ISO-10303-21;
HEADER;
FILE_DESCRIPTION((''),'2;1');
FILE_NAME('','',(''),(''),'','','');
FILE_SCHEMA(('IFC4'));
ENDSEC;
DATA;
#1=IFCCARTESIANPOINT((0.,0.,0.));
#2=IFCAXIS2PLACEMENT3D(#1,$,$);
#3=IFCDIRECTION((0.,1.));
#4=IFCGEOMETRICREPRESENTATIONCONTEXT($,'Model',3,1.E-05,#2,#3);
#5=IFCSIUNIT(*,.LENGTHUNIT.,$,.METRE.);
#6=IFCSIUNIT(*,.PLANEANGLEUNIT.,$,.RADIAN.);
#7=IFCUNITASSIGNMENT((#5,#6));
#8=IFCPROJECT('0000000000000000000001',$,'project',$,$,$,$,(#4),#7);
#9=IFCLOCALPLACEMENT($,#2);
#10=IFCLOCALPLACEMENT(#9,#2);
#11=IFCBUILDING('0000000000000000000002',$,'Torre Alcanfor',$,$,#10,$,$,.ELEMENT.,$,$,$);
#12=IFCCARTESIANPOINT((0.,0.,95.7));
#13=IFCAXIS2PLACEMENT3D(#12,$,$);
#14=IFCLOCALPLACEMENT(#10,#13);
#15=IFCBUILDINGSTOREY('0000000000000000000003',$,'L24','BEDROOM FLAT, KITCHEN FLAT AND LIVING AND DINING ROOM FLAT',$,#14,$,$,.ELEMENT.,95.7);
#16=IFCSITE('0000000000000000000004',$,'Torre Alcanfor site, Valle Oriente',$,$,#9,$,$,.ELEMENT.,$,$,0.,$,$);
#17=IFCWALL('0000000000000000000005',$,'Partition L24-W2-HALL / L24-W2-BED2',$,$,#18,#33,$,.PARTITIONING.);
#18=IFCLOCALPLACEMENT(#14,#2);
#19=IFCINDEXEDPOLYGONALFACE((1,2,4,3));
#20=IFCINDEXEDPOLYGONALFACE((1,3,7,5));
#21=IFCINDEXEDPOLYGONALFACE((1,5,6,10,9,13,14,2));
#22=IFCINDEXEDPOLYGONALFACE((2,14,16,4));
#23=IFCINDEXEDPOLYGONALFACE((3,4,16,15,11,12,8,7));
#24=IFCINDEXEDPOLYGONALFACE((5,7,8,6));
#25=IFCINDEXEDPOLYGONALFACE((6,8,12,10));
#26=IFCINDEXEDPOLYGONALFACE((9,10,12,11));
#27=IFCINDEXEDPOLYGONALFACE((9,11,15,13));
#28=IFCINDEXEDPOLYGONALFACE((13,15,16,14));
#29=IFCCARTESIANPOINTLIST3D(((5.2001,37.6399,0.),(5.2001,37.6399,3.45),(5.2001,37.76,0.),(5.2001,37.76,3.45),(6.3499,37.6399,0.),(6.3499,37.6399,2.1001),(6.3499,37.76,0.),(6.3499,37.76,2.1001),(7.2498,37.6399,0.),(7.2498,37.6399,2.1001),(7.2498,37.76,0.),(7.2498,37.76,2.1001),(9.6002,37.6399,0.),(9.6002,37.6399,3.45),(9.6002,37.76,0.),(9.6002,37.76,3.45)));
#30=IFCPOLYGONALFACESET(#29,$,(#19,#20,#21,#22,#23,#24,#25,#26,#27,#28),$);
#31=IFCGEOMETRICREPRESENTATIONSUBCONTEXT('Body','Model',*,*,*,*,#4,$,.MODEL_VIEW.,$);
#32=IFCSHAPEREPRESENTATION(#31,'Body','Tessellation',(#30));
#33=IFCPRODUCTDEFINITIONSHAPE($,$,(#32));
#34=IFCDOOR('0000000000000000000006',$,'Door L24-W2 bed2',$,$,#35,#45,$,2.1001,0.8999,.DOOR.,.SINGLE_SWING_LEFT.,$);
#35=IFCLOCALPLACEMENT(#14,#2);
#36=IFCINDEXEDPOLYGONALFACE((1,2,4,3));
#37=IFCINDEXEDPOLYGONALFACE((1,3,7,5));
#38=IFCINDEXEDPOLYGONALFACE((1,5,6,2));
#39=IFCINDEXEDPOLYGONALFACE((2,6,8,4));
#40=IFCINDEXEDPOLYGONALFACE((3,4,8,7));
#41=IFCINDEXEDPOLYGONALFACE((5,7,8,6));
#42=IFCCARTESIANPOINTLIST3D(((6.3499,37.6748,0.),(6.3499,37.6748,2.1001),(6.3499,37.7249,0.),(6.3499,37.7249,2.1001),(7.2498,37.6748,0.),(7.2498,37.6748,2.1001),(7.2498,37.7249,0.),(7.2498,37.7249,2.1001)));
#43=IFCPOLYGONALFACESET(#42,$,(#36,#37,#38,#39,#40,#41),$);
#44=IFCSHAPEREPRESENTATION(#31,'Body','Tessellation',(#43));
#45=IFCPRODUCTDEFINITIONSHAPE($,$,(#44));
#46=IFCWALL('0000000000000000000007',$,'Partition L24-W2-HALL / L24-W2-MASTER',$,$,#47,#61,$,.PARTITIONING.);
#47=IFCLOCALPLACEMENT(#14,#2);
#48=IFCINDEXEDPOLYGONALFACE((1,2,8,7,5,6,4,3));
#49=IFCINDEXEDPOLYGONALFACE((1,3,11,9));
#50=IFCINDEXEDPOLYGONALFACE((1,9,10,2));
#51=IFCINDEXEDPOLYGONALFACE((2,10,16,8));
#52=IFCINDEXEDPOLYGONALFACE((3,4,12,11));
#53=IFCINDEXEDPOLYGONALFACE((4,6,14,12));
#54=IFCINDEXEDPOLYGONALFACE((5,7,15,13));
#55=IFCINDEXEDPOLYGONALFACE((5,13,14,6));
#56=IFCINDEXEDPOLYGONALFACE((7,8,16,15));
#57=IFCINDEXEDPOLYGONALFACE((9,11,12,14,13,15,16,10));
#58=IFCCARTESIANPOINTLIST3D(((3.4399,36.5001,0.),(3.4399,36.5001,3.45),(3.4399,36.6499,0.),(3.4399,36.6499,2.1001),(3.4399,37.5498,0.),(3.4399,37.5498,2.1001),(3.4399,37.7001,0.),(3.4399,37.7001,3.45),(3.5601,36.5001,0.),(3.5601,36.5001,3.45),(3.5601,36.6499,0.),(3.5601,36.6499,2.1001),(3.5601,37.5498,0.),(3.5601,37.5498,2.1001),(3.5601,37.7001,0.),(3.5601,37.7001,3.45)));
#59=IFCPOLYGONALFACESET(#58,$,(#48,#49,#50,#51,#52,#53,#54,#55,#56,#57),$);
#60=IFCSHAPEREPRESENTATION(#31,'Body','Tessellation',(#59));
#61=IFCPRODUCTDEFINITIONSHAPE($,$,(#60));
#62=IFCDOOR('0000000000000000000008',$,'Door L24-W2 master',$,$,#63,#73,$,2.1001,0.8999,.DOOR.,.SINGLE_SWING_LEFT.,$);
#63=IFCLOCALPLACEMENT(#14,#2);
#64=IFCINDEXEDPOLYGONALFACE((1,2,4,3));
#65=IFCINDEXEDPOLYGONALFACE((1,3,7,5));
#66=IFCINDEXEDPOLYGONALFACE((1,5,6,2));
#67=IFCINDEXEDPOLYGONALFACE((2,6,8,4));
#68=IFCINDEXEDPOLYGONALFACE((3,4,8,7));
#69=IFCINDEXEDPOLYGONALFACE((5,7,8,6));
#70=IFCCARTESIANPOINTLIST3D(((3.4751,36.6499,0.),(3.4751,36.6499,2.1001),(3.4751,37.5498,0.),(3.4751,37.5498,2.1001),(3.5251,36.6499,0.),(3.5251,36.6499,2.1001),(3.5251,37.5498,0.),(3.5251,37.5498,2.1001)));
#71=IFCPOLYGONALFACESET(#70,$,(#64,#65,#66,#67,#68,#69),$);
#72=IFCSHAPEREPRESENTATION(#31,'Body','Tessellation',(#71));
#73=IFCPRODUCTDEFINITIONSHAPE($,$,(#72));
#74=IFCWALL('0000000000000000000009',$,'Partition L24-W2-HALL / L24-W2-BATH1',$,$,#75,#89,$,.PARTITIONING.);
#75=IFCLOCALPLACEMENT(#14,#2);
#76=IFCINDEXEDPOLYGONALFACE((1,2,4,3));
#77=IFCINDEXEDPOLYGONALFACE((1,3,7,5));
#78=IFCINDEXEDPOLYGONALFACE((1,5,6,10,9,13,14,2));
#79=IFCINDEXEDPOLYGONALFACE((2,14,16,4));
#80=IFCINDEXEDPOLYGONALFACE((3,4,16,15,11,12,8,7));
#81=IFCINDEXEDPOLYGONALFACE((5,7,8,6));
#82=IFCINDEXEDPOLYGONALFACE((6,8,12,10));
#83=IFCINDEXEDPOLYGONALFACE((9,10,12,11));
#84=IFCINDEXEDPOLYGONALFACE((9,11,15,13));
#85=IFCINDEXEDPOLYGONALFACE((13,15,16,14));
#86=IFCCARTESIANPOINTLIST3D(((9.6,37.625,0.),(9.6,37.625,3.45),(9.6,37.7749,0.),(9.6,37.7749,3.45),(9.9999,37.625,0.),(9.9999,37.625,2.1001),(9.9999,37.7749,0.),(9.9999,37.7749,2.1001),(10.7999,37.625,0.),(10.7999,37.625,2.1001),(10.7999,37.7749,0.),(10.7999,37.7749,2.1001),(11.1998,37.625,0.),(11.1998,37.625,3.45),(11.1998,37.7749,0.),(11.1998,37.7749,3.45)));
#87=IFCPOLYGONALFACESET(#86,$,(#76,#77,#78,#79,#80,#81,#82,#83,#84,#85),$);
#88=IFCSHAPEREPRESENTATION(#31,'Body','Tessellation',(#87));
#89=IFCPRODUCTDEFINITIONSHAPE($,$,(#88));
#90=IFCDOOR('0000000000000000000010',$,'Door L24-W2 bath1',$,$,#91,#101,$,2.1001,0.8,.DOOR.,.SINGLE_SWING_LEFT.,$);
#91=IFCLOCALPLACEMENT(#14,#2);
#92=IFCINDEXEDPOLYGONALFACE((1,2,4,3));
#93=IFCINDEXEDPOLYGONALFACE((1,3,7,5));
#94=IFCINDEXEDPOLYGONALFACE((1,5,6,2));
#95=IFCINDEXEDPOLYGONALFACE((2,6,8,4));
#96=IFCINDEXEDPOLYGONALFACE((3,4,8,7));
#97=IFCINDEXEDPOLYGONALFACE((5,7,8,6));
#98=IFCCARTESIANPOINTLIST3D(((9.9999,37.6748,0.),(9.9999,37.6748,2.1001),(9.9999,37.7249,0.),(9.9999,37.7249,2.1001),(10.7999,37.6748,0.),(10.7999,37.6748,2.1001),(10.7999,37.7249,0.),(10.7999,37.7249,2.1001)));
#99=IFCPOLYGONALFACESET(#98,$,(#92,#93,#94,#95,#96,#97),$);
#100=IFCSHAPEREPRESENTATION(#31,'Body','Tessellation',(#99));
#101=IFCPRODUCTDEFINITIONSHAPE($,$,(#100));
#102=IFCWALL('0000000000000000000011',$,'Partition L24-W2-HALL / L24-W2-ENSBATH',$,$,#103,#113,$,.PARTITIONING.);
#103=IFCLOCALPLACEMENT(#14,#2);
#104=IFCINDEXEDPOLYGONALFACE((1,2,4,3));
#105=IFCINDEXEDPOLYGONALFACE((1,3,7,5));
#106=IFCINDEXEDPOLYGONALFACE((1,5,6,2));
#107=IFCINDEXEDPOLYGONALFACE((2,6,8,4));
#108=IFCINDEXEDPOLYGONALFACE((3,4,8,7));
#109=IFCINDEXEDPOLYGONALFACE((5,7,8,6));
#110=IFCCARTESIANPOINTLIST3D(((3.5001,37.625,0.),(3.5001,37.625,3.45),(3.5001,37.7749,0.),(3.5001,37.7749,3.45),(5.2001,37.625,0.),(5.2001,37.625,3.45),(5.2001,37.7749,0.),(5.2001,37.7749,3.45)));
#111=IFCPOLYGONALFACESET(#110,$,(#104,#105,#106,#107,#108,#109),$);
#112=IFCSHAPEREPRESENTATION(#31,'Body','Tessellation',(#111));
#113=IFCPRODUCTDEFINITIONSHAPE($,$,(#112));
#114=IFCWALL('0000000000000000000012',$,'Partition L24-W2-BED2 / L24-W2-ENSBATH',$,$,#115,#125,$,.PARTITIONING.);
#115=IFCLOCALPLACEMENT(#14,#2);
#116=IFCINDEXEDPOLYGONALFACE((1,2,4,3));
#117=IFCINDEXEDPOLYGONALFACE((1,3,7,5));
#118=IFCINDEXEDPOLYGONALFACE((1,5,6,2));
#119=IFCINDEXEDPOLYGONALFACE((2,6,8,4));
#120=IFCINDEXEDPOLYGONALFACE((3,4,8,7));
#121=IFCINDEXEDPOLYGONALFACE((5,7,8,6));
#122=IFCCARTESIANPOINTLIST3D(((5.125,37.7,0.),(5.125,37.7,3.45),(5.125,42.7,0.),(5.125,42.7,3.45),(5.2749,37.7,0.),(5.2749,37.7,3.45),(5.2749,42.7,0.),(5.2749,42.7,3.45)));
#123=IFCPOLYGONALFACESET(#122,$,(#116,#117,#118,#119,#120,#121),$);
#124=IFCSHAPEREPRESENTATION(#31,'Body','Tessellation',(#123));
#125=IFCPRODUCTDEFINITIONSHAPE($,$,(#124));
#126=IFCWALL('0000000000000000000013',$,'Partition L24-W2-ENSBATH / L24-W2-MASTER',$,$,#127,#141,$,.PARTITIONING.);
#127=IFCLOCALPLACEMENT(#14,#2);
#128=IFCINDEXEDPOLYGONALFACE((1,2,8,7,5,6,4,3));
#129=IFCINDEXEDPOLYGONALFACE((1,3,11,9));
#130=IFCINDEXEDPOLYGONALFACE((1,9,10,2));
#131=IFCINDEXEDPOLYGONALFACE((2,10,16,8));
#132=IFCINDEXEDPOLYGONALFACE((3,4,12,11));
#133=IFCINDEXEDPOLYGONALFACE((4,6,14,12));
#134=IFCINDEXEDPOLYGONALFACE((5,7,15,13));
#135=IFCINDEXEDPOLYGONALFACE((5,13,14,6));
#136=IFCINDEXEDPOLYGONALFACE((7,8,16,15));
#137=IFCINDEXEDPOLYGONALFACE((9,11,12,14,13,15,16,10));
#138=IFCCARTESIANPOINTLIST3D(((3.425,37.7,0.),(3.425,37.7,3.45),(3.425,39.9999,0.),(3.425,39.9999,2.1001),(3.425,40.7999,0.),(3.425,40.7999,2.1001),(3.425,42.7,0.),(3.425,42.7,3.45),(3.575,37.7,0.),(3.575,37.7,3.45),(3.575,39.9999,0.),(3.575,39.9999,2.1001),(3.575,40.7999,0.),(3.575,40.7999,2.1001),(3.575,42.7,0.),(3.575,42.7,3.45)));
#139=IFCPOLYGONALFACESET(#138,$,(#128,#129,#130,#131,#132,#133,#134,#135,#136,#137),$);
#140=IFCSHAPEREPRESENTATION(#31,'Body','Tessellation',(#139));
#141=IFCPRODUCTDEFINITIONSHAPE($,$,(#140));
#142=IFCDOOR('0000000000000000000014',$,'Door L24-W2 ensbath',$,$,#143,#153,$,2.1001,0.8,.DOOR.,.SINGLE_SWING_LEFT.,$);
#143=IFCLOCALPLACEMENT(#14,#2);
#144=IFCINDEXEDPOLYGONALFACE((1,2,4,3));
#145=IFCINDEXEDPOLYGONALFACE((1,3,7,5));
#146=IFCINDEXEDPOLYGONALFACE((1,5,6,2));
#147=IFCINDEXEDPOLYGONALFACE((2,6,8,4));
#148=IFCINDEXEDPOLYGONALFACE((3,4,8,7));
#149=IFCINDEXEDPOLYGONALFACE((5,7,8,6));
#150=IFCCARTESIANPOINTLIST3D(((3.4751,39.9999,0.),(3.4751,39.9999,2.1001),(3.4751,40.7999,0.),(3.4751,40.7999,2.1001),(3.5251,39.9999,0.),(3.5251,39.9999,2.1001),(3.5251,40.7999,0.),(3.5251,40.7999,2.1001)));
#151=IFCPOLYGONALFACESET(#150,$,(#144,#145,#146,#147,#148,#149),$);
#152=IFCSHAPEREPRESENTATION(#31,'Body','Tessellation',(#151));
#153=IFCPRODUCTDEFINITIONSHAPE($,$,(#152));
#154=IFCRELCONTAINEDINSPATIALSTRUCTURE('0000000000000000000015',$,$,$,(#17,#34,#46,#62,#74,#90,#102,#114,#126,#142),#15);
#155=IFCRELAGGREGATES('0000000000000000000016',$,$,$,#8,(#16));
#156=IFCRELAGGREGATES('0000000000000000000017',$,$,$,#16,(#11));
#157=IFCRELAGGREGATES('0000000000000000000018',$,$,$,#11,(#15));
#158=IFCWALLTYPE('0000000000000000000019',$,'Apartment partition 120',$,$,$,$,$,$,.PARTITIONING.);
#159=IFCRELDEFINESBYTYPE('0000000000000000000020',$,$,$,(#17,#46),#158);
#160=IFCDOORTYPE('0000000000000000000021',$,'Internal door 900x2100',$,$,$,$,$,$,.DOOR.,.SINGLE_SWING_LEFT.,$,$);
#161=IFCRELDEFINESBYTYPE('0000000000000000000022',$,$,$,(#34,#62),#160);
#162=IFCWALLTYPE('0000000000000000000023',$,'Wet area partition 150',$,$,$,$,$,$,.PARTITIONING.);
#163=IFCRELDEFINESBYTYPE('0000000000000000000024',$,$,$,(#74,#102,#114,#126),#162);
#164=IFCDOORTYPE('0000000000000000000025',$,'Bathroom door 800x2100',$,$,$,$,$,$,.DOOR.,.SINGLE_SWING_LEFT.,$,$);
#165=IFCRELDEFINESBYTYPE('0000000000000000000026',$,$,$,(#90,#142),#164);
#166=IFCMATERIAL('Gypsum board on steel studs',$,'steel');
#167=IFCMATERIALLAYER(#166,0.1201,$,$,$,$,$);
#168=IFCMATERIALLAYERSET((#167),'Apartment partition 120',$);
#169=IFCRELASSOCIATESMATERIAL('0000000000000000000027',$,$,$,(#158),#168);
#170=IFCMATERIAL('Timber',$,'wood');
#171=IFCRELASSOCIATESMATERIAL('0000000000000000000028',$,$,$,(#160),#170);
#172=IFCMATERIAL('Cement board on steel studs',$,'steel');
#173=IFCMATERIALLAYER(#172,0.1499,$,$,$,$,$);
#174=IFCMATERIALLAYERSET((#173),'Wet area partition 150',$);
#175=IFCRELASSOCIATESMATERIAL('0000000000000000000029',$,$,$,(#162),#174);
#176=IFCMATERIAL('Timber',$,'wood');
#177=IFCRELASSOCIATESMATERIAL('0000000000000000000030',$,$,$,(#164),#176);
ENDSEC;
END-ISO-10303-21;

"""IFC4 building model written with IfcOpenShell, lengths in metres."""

from ifc_helpers import new_model, si_unit, direction, frame, frame_2d, origin, place, context, subcontext, project, spatial, rectangle, extrude, material, layer, layer_set, type_object, element, fill, save


model = new_model("IFC4")

# Units and contexts
model_context = context("Model", 3, precision=1e-05, world=origin(), true_north=direction((0.0, 1.0)))
body_context = subcontext(model_context, "Body", "Model", "MODEL_VIEW")
ifc_project = project(units=[si_unit("LENGTHUNIT", "METRE"), si_unit("PLANEANGLEUNIT", "RADIAN")], contexts=[model_context])

# Site, building, storey
site_placement = place(None, origin())
site = spatial("IfcSite", under=ifc_project, at=site_placement, Name="Torre Alcanfor site, Valle Oriente", CompositionType="ELEMENT", RefElevation=0.0)
building_placement = place(site_placement, origin())
building = spatial("IfcBuilding", under=site, at=building_placement, Name="Torre Alcanfor", CompositionType="ELEMENT")
storey_placement = place(building_placement, frame((0.0, 0.0, 95.7)))
storey = spatial("IfcBuildingStorey", under=building, at=storey_placement, Name="L24", Description="BEDROOM FLAT, KITCHEN FLAT AND LIVING AND DINING ROOM FLAT", CompositionType="ELEMENT", Elevation=95.7)

# Shared definitions
ifc_material_1 = material(Name="Gypsum board on steel studs", Category="steel")
ifc_layer_1 = layer(ifc_material_1, 0.1201)
ifc_layer_set_1 = layer_set([ifc_layer_1], Name="Apartment partition 120")
wall_type_1 = type_object("IfcWallType", Name="Apartment partition 120", PredefinedType="PARTITIONING", material=ifc_layer_set_1)

# Walls, openings, doors
ifc_material_2 = material(Name="Timber", Category="wood")
door_type_1 = type_object("IfcDoorType", Name="Internal door 900x2100", OperationType="SINGLE_SWING_LEFT", PredefinedType="DOOR", material=ifc_material_2)
wall_1_placement = place(storey_placement, frame((5.2, 37.7, 0.0), z_axis=(0.0, 0.0, 1.0), x_axis=(1.0, 0.0, 0.0)))
wall_1 = element("IfcWall", 1, at=wall_1_placement, inside=storey, type_object=wall_type_1, Name="Partition L24-W2-HALL / L24-W2-BED2", PredefinedType="PARTITIONING", context=body_context, shape_type="SweptSolid", body=[
    extrude(rectangle(XDim=4.4001, YDim=0.1201, at=frame_2d((2.2002, 0.0))), origin(), (0.0, 0.0, 1.0), 3.45),
])
opening_1_placement = place(wall_1_placement, frame((1.1499, 0.0, 0.0)))
opening_1 = element("IfcOpeningElement", 2, at=opening_1_placement, cuts=wall_1, PredefinedType="OPENING", context=body_context, shape_type="SweptSolid", body=[
    extrude(rectangle(XDim=0.8999, YDim=2.1001, at=frame_2d((0.45, 1.05))), frame((0.0, 0.0701, 0.0), z_axis=(0.0, -1.0, 0.0), x_axis=(1.0, 0.0, 0.0)), (0.0, 0.0, 1.0), 0.1401),
])
door_1_placement = place(opening_1_placement, origin())
door_1 = element("IfcDoor", 3, at=door_1_placement, inside=storey, type_object=door_type_1, Name="Door L24-W2 bed2", OperationType="SINGLE_SWING_LEFT", OverallHeight=2.1001, OverallWidth=0.8999, PredefinedType="DOOR", context=body_context, shape_type="SweptSolid", body=[
    extrude(rectangle(XDim=0.8999, YDim=2.1001, at=frame_2d((0.45, 1.05))), frame((0.0, 0.0249, 0.0), z_axis=(0.0, -1.0, 0.0), x_axis=(1.0, 0.0, 0.0)), (0.0, 0.0, 1.0), 0.05),
])
fill(opening_1, door_1)
wall_2_placement = place(storey_placement, frame((3.5, 36.5, 0.0), z_axis=(0.0, 0.0, 1.0), x_axis=(0.0, 1.0, 0.0)))
wall_2 = element("IfcWall", 4, at=wall_2_placement, inside=storey, type_object=wall_type_1, Name="Partition L24-W2-HALL / L24-W2-MASTER", PredefinedType="PARTITIONING", context=body_context, shape_type="SweptSolid", body=[
    extrude(rectangle(XDim=1.2, YDim=0.1201, at=frame_2d((0.6001, 0.0))), origin(), (0.0, 0.0, 1.0), 3.45),
])
opening_2_placement = place(wall_2_placement, frame((0.1499, 0.0, 0.0)))
opening_2 = element("IfcOpeningElement", 5, at=opening_2_placement, cuts=wall_2, PredefinedType="OPENING", context=body_context, shape_type="SweptSolid", body=[
    extrude(rectangle(XDim=0.8999, YDim=2.1001, at=frame_2d((0.45, 1.05))), frame((0.0, 0.0701, 0.0), z_axis=(0.0, -1.0, 0.0), x_axis=(1.0, 0.0, 0.0)), (0.0, 0.0, 1.0), 0.1401),
])
door_2_placement = place(opening_2_placement, origin())
door_2 = element("IfcDoor", 6, at=door_2_placement, inside=storey, type_object=door_type_1, Name="Door L24-W2 master", OperationType="SINGLE_SWING_LEFT", OverallHeight=2.1001, OverallWidth=0.8999, PredefinedType="DOOR", context=body_context, shape_type="SweptSolid", body=[
    extrude(rectangle(XDim=0.8999, YDim=2.1001, at=frame_2d((0.45, 1.05))), frame((0.0, 0.0249, 0.0), z_axis=(0.0, -1.0, 0.0), x_axis=(1.0, 0.0, 0.0)), (0.0, 0.0, 1.0), 0.05),
])
fill(opening_2, door_2)
ifc_material_3 = material(Name="Cement board on steel studs", Category="steel")
ifc_layer_2 = layer(ifc_material_3, 0.1499)
ifc_layer_set_2 = layer_set([ifc_layer_2], Name="Wet area partition 150")
wall_type_2 = type_object("IfcWallType", Name="Wet area partition 150", PredefinedType="PARTITIONING", material=ifc_layer_set_2)
wall_3_placement = place(storey_placement, frame((9.6001, 37.7, 0.0), z_axis=(0.0, 0.0, 1.0), x_axis=(1.0, 0.0, 0.0)))
wall_3 = element("IfcWall", 7, at=wall_3_placement, inside=storey, type_object=wall_type_2, Name="Partition L24-W2-HALL / L24-W2-BATH1", PredefinedType="PARTITIONING", context=body_context, shape_type="SweptSolid", body=[
    extrude(rectangle(XDim=1.5999, YDim=0.1499, at=frame_2d((0.7998, 0.0))), origin(), (0.0, 0.0, 1.0), 3.45),
])
opening_3_placement = place(wall_3_placement, frame((0.3999, 0.0, 0.0)))
opening_3 = element("IfcOpeningElement", 8, at=opening_3_placement, cuts=wall_3, PredefinedType="OPENING", context=body_context, shape_type="SweptSolid", body=[
    extrude(rectangle(XDim=0.8, YDim=2.1001, at=frame_2d((0.3999, 1.05))), frame((0.0, 0.085, 0.0), z_axis=(0.0, -1.0, 0.0), x_axis=(1.0, 0.0, 0.0)), (0.0, 0.0, 1.0), 0.1699),
])
ifc_material_4 = material(Name="Timber", Category="wood")
door_type_2 = type_object("IfcDoorType", Name="Bathroom door 800x2100", OperationType="SINGLE_SWING_LEFT", PredefinedType="DOOR", material=ifc_material_4)
door_3_placement = place(opening_3_placement, origin())
door_3 = element("IfcDoor", 9, at=door_3_placement, inside=storey, type_object=door_type_2, Name="Door L24-W2 bath1", OperationType="SINGLE_SWING_LEFT", OverallHeight=2.1001, OverallWidth=0.8, PredefinedType="DOOR", context=body_context, shape_type="SweptSolid", body=[
    extrude(rectangle(XDim=0.8, YDim=2.1001, at=frame_2d((0.3999, 1.05))), frame((0.0, 0.0249, 0.0), z_axis=(0.0, -1.0, 0.0), x_axis=(1.0, 0.0, 0.0)), (0.0, 0.0, 1.0), 0.05),
])
fill(opening_3, door_3)

# Walls
wall_4_placement = place(storey_placement, frame((3.5, 37.7, 0.0), z_axis=(0.0, 0.0, 1.0), x_axis=(1.0, 0.0, 0.0)))
element("IfcWall", 10, at=wall_4_placement, inside=storey, type_object=wall_type_2, Name="Partition L24-W2-HALL / L24-W2-ENSBATH", PredefinedType="PARTITIONING", context=body_context, shape_type="SweptSolid", body=[
    extrude(rectangle(XDim=1.7, YDim=0.1499, at=frame_2d((0.8501, 0.0))), origin(), (0.0, 0.0, 1.0), 3.45),
])
wall_5_placement = place(storey_placement, frame((5.2, 37.7, 0.0), z_axis=(0.0, 0.0, 1.0), x_axis=(0.0, 1.0, 0.0)))
element("IfcWall", 11, at=wall_5_placement, inside=storey, type_object=wall_type_2, Name="Partition L24-W2-BED2 / L24-W2-ENSBATH", PredefinedType="PARTITIONING", context=body_context, shape_type="SweptSolid", body=[
    extrude(rectangle(XDim=5.0, YDim=0.1499, at=frame_2d((2.5, 0.0))), origin(), (0.0, 0.0, 1.0), 3.45),
])

# Wall, opening, door
wall_6_placement = place(storey_placement, frame((3.5, 37.7, 0.0), z_axis=(0.0, 0.0, 1.0), x_axis=(0.0, 1.0, 0.0)))
wall_6 = element("IfcWall", 12, at=wall_6_placement, inside=storey, type_object=wall_type_2, Name="Partition L24-W2-ENSBATH / L24-W2-MASTER", PredefinedType="PARTITIONING", context=body_context, shape_type="SweptSolid", body=[
    extrude(rectangle(XDim=5.0, YDim=0.1499, at=frame_2d((2.5, 0.0))), origin(), (0.0, 0.0, 1.0), 3.45),
])
opening_4_placement = place(wall_6_placement, frame((2.3, 0.0, 0.0)))
opening_4 = element("IfcOpeningElement", 13, at=opening_4_placement, cuts=wall_6, PredefinedType="OPENING", context=body_context, shape_type="SweptSolid", body=[
    extrude(rectangle(XDim=0.8, YDim=2.1001, at=frame_2d((0.3999, 1.05))), frame((0.0, 0.085, 0.0), z_axis=(0.0, -1.0, 0.0), x_axis=(1.0, 0.0, 0.0)), (0.0, 0.0, 1.0), 0.1699),
])
door_4_placement = place(opening_4_placement, frame((0.8, 0.0, 0.0), z_axis=(0.0, 0.0, 1.0), x_axis=(-1.0, 0.0, 0.0)))
door_4 = element("IfcDoor", 14, at=door_4_placement, inside=storey, type_object=door_type_2, Name="Door L24-W2 ensbath", OperationType="SINGLE_SWING_LEFT", OverallHeight=2.1001, OverallWidth=0.8, PredefinedType="DOOR", context=body_context, shape_type="SweptSolid", body=[
    extrude(rectangle(XDim=0.8, YDim=2.1001, at=frame_2d((0.4001, 1.05))), frame((0.0, 0.0251, 0.0), z_axis=(0.0, -1.0, 0.0), x_axis=(1.0, 0.0, 0.0)), (0.0, 0.0, 1.0), 0.05),
])
fill(opening_4, door_4)

save(model, "model.ifc")
